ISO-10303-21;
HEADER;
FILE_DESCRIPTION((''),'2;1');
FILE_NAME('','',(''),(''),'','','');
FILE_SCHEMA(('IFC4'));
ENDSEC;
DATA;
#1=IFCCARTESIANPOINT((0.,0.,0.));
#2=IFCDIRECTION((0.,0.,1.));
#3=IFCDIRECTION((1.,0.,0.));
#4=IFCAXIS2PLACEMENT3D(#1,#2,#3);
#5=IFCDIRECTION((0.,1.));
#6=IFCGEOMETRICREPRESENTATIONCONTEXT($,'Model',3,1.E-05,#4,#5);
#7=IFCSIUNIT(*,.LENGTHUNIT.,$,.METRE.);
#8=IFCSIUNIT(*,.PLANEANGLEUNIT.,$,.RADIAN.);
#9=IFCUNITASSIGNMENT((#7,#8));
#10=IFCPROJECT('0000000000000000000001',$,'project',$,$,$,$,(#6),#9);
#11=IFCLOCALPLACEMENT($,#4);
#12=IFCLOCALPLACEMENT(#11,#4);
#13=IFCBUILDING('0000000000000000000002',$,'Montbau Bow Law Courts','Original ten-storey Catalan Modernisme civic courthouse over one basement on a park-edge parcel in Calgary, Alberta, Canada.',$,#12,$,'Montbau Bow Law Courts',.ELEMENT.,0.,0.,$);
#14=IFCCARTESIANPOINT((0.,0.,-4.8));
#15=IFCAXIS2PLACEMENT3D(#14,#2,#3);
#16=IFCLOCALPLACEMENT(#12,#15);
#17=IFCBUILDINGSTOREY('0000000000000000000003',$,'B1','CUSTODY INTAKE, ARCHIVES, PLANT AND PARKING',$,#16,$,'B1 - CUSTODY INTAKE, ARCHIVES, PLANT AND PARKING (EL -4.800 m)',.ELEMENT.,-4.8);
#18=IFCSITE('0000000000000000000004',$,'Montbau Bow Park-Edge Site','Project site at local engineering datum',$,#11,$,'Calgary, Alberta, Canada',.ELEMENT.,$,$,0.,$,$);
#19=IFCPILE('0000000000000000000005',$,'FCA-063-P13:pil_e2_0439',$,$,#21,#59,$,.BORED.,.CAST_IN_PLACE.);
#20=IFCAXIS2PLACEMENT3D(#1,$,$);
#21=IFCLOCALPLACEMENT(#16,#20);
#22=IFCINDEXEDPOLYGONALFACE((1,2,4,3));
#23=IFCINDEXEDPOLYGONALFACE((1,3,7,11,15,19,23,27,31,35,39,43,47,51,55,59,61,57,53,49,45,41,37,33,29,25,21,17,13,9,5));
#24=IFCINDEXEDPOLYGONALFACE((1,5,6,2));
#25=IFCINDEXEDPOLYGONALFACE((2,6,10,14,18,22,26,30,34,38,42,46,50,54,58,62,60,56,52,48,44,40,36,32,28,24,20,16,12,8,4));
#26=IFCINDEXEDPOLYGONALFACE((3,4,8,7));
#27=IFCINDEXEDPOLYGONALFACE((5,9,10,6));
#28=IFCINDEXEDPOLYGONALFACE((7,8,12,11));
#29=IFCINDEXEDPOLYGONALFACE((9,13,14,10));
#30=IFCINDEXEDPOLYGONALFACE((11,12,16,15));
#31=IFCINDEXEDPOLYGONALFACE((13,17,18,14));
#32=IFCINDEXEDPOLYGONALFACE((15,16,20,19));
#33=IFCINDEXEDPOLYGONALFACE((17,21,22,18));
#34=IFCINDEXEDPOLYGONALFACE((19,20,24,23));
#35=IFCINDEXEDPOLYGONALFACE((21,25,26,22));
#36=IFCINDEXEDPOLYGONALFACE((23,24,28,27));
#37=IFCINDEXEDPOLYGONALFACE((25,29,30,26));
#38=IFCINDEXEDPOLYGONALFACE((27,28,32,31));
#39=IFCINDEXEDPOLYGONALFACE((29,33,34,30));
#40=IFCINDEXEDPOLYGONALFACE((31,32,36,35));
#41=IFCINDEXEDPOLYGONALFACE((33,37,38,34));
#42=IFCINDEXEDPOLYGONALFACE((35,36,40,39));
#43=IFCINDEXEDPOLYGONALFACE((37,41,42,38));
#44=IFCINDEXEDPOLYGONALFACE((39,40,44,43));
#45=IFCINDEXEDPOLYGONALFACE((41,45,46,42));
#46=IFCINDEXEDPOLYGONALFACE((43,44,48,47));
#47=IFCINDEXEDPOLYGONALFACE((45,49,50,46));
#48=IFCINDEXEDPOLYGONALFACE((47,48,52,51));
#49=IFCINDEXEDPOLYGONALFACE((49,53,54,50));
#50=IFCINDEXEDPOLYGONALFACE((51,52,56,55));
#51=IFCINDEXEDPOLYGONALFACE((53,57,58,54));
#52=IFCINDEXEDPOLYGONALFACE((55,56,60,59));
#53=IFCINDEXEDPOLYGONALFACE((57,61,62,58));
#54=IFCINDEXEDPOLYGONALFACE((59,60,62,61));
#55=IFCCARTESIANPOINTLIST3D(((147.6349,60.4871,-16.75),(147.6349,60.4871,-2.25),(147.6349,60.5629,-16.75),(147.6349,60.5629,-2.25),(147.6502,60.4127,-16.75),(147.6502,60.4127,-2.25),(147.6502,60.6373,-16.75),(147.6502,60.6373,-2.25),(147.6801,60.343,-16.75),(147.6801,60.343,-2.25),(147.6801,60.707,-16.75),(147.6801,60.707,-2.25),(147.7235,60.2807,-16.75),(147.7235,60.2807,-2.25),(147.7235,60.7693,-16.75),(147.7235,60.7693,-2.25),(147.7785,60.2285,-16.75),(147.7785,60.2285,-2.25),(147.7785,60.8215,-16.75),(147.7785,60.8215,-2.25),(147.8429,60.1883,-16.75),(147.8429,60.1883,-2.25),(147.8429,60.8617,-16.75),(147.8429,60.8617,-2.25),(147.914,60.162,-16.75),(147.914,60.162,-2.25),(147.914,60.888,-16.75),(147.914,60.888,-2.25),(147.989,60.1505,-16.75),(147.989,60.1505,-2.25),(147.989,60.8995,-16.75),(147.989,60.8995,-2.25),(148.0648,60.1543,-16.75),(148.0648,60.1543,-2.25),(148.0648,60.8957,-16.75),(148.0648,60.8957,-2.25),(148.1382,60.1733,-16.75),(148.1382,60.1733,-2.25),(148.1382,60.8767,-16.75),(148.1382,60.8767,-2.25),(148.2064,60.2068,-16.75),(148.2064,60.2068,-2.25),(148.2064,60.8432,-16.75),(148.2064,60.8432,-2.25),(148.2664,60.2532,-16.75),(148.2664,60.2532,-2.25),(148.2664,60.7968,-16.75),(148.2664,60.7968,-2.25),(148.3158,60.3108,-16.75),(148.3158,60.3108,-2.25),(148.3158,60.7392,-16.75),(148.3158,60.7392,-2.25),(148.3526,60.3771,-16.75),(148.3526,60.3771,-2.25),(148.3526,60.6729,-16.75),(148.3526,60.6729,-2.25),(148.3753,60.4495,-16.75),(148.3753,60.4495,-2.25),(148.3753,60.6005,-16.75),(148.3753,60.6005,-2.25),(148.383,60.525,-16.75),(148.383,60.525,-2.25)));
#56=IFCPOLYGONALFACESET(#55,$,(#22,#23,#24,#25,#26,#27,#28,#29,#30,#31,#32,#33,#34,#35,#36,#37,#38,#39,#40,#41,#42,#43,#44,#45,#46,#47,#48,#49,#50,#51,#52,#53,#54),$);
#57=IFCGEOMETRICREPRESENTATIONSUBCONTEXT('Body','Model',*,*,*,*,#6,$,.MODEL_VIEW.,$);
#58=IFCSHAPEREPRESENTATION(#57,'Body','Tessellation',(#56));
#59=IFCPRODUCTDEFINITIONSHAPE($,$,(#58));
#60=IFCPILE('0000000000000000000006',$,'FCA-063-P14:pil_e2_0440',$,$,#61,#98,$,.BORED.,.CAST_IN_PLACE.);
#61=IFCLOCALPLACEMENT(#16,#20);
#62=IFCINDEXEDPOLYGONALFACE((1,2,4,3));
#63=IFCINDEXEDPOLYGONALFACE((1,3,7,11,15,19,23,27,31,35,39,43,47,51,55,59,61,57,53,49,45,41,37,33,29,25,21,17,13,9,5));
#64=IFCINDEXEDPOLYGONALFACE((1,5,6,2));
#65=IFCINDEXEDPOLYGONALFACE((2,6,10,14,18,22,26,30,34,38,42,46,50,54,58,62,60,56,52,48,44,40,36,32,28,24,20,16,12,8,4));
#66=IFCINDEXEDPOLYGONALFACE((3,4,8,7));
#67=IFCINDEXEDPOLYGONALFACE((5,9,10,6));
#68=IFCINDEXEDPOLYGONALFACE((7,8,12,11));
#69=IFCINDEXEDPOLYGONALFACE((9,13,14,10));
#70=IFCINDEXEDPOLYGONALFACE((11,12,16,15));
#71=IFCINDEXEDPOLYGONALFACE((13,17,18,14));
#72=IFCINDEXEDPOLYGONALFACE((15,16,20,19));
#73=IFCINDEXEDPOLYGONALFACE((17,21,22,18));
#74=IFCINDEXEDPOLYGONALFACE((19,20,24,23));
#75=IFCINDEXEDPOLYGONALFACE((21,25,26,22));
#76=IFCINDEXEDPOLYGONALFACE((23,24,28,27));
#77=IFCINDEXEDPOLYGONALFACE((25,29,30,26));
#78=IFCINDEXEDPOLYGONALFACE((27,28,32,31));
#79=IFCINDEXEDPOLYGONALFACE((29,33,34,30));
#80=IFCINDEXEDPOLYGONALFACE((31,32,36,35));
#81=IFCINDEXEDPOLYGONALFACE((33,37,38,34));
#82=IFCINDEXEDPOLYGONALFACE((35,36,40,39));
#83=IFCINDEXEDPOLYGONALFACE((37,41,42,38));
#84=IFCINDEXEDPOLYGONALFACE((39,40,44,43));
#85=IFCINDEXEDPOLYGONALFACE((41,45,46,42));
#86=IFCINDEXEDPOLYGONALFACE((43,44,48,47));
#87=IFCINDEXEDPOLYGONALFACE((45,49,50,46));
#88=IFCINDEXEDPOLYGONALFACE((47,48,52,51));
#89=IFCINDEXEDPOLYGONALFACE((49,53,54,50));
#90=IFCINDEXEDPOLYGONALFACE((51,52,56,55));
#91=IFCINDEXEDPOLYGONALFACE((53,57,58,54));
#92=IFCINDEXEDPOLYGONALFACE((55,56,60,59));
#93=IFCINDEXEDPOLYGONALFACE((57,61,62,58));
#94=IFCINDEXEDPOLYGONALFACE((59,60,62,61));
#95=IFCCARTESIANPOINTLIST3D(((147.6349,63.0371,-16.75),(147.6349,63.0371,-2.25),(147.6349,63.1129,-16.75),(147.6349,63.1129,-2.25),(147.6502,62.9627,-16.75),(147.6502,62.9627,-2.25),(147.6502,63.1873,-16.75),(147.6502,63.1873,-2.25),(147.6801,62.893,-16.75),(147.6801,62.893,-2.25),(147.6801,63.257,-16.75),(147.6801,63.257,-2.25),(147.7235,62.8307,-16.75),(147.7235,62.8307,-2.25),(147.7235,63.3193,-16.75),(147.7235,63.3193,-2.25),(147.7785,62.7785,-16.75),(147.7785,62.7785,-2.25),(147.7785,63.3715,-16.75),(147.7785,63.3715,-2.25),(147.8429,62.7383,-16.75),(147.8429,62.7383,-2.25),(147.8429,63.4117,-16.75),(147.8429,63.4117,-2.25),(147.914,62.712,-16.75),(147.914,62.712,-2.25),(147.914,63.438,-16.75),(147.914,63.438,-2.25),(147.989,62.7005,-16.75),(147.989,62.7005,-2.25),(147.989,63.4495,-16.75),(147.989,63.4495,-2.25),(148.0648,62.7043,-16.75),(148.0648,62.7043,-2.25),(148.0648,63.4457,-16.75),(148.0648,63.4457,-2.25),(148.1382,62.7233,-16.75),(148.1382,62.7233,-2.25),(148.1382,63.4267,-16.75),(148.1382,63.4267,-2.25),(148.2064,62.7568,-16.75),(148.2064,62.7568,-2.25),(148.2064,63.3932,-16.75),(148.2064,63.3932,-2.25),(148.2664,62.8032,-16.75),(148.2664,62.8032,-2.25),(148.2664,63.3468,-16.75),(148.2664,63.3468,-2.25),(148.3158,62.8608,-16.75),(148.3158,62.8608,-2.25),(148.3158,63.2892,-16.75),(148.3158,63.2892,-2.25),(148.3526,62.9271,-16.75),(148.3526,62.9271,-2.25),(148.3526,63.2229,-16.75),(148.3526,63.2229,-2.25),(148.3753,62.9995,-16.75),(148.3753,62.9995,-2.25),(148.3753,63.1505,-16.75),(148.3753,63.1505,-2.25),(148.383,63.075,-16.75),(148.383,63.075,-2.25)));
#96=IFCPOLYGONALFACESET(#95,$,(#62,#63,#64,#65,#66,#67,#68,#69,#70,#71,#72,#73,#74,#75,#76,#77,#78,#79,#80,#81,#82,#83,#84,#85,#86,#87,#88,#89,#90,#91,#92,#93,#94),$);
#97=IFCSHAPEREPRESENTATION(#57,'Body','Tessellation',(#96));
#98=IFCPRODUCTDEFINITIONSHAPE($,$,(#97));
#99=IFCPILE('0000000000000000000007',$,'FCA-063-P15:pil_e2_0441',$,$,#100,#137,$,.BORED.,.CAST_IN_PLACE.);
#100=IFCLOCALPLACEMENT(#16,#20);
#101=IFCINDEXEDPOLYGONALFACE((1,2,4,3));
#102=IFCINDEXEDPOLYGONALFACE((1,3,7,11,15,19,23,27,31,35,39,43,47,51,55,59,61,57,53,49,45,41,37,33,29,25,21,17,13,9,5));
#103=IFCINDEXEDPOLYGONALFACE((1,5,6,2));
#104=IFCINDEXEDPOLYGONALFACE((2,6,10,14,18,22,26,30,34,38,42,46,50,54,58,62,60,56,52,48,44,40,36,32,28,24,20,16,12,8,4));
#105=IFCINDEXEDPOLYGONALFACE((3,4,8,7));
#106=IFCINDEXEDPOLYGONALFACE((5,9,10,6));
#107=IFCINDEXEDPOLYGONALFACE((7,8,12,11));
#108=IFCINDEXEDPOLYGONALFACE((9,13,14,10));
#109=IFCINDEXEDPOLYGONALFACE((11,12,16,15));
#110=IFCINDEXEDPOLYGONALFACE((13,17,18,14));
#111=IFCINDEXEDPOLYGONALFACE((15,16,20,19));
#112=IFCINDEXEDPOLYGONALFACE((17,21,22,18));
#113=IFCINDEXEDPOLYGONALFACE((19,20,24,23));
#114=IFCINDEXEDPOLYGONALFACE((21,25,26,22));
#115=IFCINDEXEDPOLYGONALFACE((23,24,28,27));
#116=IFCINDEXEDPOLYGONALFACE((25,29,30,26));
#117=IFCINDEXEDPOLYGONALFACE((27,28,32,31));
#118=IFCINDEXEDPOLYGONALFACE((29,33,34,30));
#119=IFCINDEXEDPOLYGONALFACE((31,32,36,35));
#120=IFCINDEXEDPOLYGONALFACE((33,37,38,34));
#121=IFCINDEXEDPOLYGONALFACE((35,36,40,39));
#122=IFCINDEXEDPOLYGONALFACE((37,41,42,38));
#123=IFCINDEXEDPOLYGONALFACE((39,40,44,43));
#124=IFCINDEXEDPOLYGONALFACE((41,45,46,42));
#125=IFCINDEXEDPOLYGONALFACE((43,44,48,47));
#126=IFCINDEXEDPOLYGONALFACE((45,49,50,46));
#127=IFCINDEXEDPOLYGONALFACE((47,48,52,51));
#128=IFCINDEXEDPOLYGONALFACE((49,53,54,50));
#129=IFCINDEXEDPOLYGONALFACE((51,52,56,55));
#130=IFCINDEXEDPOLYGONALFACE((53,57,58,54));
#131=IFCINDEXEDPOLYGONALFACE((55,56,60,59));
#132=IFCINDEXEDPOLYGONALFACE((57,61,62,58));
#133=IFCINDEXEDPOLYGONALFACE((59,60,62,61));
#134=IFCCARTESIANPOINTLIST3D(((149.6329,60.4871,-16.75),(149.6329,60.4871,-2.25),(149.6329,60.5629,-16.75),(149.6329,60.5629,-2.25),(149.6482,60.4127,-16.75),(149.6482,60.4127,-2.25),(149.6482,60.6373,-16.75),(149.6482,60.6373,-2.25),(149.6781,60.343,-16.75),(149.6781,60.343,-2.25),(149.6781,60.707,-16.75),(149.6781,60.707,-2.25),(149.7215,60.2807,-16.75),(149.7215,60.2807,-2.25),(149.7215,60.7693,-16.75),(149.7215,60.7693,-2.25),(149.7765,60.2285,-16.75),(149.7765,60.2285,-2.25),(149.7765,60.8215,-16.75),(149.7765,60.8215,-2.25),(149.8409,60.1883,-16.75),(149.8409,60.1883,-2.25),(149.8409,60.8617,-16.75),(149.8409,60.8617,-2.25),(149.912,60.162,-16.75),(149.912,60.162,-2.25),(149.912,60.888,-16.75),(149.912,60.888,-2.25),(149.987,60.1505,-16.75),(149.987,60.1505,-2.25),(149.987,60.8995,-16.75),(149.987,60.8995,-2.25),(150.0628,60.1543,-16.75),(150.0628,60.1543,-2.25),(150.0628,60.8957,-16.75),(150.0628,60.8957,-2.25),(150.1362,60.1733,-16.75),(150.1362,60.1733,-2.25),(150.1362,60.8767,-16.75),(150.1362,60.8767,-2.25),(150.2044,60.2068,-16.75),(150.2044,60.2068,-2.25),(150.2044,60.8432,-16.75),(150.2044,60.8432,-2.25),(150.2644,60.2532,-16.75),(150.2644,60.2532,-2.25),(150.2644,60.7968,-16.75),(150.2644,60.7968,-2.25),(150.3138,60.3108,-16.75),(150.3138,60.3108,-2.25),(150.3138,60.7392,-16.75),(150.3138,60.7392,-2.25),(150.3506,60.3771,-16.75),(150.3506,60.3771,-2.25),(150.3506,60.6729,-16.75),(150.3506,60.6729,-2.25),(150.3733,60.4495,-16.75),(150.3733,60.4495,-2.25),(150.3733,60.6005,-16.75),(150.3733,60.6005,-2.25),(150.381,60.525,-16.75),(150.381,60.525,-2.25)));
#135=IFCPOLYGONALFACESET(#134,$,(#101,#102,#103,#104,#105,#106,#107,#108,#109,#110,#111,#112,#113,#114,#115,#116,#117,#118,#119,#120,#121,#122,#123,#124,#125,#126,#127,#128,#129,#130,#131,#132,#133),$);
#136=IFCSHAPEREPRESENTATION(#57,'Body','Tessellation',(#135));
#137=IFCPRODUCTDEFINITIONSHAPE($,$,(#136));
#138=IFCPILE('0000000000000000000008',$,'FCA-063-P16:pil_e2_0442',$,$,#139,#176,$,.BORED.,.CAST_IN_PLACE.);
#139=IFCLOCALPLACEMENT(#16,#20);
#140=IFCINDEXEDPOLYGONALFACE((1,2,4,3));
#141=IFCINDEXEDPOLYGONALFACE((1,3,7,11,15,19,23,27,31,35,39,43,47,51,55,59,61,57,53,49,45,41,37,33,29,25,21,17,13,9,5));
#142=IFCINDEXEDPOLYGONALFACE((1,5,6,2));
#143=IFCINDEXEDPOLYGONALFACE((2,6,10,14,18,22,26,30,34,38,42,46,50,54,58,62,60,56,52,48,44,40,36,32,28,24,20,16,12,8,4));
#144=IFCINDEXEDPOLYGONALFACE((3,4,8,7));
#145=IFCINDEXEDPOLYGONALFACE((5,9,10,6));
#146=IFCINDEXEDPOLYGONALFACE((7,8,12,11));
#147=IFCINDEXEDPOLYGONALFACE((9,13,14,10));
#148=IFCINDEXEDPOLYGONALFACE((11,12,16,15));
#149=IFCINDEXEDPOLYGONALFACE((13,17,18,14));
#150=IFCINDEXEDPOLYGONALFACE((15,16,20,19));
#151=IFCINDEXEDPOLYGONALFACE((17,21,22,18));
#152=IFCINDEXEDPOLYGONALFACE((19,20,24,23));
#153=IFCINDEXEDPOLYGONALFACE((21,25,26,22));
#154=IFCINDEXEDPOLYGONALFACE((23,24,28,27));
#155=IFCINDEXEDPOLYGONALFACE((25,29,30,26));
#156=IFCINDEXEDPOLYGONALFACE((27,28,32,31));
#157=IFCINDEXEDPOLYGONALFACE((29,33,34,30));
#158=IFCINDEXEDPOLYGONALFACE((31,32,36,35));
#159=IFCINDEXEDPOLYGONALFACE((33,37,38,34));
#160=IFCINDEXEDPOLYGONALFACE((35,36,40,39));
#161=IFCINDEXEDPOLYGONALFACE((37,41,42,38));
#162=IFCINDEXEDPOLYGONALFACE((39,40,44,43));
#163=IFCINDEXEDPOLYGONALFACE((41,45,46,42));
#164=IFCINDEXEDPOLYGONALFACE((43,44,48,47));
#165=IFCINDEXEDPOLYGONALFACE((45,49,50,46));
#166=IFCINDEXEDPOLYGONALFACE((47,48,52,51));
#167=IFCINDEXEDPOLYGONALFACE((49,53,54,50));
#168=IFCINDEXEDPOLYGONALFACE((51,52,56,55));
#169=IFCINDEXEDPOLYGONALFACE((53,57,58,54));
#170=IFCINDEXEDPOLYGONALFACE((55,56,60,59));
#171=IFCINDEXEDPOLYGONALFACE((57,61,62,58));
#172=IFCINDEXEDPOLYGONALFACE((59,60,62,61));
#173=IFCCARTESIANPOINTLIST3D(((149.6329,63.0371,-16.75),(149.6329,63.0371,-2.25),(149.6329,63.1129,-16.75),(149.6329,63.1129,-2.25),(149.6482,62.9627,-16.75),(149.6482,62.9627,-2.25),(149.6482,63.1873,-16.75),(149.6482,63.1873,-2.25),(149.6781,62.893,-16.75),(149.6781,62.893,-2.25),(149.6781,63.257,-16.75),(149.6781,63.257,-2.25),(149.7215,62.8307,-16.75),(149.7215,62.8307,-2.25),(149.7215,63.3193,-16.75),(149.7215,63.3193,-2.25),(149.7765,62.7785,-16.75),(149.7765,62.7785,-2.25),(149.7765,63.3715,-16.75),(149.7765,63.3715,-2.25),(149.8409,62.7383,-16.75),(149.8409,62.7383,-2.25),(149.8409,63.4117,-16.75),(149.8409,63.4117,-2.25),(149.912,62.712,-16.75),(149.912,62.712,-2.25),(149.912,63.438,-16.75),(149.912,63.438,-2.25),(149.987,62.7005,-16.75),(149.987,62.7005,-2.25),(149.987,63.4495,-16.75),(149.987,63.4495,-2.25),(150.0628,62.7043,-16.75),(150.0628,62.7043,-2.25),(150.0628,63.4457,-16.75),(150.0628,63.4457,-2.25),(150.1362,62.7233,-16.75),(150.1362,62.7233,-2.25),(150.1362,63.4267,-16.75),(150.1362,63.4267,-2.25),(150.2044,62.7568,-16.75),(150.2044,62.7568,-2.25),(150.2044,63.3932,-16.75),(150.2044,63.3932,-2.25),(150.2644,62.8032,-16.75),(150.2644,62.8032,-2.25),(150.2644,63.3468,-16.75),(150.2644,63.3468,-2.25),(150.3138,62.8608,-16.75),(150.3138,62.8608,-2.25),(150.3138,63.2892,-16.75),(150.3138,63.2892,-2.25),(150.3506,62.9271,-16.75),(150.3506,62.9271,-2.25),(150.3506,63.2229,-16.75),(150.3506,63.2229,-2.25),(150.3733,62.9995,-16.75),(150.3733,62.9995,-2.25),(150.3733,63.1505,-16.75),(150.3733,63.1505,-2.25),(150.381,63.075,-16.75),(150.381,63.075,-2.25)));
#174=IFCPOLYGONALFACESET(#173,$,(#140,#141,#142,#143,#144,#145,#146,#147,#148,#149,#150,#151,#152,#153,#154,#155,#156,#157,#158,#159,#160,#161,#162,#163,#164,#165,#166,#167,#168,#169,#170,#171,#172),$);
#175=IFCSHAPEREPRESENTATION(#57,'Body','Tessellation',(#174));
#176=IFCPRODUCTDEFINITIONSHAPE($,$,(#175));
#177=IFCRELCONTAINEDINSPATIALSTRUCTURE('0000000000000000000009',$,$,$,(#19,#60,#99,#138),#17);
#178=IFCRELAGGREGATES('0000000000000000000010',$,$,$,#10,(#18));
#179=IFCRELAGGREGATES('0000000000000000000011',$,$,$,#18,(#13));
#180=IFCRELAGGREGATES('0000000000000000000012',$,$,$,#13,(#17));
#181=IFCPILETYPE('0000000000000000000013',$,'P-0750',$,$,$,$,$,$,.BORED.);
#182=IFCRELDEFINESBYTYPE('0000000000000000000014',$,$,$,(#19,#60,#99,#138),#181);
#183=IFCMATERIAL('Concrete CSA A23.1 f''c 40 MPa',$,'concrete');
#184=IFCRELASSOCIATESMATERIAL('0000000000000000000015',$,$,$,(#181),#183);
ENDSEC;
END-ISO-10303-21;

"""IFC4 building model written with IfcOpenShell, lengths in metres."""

from ifc_helpers import new_model, si_unit, direction, frame, origin_with_axes, origin_2d_with_axis, place, context, subcontext, project, spatial, circle, extrude, material, material_profile, profile_set, type_object, element, save


model = new_model("IFC4")

# Units and contexts
model_context = context("Model", 3, precision=1e-05, world=origin_with_axes(), true_north=direction((0.0, 1.0)))
body_context = subcontext(model_context, "Body", "Model", "MODEL_VIEW")
ifc_project = project(units=[si_unit("LENGTHUNIT", "METRE"), si_unit("PLANEANGLEUNIT", "RADIAN")], contexts=[model_context])

# Site, building, storey
site_placement = place(None, origin_with_axes())
site = spatial("IfcSite", under=ifc_project, at=site_placement, Name="Montbau Bow Park-Edge Site", Description="Project site at local engineering datum", LongName="Calgary, Alberta, Canada", CompositionType="ELEMENT", RefElevation=0.0)
building_placement = place(site_placement, origin_with_axes())
building = spatial("IfcBuilding", under=site, at=building_placement, Name="Montbau Bow Law Courts", Description="Original ten-storey Catalan Modernisme civic courthouse over one basement on a park-edge parcel in Calgary, Alberta, Canada.", LongName="Montbau Bow Law Courts", CompositionType="ELEMENT", ElevationOfRefHeight=0.0, ElevationOfTerrain=0.0)
storey_placement = place(building_placement, frame((0.0, 0.0, -4.8), z_axis=(0.0, 0.0, 1.0), x_axis=(1.0, 0.0, 0.0)))
storey = spatial("IfcBuildingStorey", under=building, at=storey_placement, Name="B1", Description="CUSTODY INTAKE, ARCHIVES, PLANT AND PARKING", LongName="B1 - CUSTODY INTAKE, ARCHIVES, PLANT AND PARKING (EL -4.800 m)", CompositionType="ELEMENT", Elevation=-4.8)

# Piles
ifc_material_1 = material(Name="Concrete CSA A23.1 f'c 40 MPa", Category="concrete")
ifc_material_profile_1 = material_profile(ifc_material_1, circle(Radius=0.375, at=origin_2d_with_axis()), Name="BP750", Category="Main", Priority=0)
ifc_profile_set_1 = profile_set([ifc_material_profile_1], Name="Concrete CSA A23.1 f'c 40 MPa")
pile_type_1 = type_object("IfcPileType", Name="P-0750", PredefinedType="BORED", material=ifc_profile_set_1)
for number, where, z_axis, x_axis, name in (
    (1, (148.008, 60.525, -21.55), (0.0, 0.0, 1.0), (1.0, 0.0, 0.0), "FCA-063-P13:pil_e2_0439"),
    (2, (148.008, 63.075, -21.55), (0.0, 0.0, 1.0), (1.0, 0.0, 0.0), "FCA-063-P14:pil_e2_0440"),
    (3, (150.006, 60.525, -21.55), (0.0, 0.0, 1.0), (1.0, 0.0, 0.0), "FCA-063-P15:pil_e2_0441"),
    (4, (150.006, 63.075, -21.55), (0.0, 0.0, 1.0), (1.0, 0.0, 0.0), "FCA-063-P16:pil_e2_0442"),
):
    element("IfcPile", number, at=place(None, frame(where, z_axis=z_axis, x_axis=x_axis)), inside=storey, type_object=pile_type_1, Name=name, ConstructionType="CAST_IN_PLACE", PredefinedType="BORED", context=body_context, shape_type="SweptSolid", body=[
        extrude(circle(Radius=0.375, at=origin_2d_with_axis()), origin_with_axes(), (0.0, 0.0, 1.0), 14.5),
    ])

save(model, "model.ifc")
